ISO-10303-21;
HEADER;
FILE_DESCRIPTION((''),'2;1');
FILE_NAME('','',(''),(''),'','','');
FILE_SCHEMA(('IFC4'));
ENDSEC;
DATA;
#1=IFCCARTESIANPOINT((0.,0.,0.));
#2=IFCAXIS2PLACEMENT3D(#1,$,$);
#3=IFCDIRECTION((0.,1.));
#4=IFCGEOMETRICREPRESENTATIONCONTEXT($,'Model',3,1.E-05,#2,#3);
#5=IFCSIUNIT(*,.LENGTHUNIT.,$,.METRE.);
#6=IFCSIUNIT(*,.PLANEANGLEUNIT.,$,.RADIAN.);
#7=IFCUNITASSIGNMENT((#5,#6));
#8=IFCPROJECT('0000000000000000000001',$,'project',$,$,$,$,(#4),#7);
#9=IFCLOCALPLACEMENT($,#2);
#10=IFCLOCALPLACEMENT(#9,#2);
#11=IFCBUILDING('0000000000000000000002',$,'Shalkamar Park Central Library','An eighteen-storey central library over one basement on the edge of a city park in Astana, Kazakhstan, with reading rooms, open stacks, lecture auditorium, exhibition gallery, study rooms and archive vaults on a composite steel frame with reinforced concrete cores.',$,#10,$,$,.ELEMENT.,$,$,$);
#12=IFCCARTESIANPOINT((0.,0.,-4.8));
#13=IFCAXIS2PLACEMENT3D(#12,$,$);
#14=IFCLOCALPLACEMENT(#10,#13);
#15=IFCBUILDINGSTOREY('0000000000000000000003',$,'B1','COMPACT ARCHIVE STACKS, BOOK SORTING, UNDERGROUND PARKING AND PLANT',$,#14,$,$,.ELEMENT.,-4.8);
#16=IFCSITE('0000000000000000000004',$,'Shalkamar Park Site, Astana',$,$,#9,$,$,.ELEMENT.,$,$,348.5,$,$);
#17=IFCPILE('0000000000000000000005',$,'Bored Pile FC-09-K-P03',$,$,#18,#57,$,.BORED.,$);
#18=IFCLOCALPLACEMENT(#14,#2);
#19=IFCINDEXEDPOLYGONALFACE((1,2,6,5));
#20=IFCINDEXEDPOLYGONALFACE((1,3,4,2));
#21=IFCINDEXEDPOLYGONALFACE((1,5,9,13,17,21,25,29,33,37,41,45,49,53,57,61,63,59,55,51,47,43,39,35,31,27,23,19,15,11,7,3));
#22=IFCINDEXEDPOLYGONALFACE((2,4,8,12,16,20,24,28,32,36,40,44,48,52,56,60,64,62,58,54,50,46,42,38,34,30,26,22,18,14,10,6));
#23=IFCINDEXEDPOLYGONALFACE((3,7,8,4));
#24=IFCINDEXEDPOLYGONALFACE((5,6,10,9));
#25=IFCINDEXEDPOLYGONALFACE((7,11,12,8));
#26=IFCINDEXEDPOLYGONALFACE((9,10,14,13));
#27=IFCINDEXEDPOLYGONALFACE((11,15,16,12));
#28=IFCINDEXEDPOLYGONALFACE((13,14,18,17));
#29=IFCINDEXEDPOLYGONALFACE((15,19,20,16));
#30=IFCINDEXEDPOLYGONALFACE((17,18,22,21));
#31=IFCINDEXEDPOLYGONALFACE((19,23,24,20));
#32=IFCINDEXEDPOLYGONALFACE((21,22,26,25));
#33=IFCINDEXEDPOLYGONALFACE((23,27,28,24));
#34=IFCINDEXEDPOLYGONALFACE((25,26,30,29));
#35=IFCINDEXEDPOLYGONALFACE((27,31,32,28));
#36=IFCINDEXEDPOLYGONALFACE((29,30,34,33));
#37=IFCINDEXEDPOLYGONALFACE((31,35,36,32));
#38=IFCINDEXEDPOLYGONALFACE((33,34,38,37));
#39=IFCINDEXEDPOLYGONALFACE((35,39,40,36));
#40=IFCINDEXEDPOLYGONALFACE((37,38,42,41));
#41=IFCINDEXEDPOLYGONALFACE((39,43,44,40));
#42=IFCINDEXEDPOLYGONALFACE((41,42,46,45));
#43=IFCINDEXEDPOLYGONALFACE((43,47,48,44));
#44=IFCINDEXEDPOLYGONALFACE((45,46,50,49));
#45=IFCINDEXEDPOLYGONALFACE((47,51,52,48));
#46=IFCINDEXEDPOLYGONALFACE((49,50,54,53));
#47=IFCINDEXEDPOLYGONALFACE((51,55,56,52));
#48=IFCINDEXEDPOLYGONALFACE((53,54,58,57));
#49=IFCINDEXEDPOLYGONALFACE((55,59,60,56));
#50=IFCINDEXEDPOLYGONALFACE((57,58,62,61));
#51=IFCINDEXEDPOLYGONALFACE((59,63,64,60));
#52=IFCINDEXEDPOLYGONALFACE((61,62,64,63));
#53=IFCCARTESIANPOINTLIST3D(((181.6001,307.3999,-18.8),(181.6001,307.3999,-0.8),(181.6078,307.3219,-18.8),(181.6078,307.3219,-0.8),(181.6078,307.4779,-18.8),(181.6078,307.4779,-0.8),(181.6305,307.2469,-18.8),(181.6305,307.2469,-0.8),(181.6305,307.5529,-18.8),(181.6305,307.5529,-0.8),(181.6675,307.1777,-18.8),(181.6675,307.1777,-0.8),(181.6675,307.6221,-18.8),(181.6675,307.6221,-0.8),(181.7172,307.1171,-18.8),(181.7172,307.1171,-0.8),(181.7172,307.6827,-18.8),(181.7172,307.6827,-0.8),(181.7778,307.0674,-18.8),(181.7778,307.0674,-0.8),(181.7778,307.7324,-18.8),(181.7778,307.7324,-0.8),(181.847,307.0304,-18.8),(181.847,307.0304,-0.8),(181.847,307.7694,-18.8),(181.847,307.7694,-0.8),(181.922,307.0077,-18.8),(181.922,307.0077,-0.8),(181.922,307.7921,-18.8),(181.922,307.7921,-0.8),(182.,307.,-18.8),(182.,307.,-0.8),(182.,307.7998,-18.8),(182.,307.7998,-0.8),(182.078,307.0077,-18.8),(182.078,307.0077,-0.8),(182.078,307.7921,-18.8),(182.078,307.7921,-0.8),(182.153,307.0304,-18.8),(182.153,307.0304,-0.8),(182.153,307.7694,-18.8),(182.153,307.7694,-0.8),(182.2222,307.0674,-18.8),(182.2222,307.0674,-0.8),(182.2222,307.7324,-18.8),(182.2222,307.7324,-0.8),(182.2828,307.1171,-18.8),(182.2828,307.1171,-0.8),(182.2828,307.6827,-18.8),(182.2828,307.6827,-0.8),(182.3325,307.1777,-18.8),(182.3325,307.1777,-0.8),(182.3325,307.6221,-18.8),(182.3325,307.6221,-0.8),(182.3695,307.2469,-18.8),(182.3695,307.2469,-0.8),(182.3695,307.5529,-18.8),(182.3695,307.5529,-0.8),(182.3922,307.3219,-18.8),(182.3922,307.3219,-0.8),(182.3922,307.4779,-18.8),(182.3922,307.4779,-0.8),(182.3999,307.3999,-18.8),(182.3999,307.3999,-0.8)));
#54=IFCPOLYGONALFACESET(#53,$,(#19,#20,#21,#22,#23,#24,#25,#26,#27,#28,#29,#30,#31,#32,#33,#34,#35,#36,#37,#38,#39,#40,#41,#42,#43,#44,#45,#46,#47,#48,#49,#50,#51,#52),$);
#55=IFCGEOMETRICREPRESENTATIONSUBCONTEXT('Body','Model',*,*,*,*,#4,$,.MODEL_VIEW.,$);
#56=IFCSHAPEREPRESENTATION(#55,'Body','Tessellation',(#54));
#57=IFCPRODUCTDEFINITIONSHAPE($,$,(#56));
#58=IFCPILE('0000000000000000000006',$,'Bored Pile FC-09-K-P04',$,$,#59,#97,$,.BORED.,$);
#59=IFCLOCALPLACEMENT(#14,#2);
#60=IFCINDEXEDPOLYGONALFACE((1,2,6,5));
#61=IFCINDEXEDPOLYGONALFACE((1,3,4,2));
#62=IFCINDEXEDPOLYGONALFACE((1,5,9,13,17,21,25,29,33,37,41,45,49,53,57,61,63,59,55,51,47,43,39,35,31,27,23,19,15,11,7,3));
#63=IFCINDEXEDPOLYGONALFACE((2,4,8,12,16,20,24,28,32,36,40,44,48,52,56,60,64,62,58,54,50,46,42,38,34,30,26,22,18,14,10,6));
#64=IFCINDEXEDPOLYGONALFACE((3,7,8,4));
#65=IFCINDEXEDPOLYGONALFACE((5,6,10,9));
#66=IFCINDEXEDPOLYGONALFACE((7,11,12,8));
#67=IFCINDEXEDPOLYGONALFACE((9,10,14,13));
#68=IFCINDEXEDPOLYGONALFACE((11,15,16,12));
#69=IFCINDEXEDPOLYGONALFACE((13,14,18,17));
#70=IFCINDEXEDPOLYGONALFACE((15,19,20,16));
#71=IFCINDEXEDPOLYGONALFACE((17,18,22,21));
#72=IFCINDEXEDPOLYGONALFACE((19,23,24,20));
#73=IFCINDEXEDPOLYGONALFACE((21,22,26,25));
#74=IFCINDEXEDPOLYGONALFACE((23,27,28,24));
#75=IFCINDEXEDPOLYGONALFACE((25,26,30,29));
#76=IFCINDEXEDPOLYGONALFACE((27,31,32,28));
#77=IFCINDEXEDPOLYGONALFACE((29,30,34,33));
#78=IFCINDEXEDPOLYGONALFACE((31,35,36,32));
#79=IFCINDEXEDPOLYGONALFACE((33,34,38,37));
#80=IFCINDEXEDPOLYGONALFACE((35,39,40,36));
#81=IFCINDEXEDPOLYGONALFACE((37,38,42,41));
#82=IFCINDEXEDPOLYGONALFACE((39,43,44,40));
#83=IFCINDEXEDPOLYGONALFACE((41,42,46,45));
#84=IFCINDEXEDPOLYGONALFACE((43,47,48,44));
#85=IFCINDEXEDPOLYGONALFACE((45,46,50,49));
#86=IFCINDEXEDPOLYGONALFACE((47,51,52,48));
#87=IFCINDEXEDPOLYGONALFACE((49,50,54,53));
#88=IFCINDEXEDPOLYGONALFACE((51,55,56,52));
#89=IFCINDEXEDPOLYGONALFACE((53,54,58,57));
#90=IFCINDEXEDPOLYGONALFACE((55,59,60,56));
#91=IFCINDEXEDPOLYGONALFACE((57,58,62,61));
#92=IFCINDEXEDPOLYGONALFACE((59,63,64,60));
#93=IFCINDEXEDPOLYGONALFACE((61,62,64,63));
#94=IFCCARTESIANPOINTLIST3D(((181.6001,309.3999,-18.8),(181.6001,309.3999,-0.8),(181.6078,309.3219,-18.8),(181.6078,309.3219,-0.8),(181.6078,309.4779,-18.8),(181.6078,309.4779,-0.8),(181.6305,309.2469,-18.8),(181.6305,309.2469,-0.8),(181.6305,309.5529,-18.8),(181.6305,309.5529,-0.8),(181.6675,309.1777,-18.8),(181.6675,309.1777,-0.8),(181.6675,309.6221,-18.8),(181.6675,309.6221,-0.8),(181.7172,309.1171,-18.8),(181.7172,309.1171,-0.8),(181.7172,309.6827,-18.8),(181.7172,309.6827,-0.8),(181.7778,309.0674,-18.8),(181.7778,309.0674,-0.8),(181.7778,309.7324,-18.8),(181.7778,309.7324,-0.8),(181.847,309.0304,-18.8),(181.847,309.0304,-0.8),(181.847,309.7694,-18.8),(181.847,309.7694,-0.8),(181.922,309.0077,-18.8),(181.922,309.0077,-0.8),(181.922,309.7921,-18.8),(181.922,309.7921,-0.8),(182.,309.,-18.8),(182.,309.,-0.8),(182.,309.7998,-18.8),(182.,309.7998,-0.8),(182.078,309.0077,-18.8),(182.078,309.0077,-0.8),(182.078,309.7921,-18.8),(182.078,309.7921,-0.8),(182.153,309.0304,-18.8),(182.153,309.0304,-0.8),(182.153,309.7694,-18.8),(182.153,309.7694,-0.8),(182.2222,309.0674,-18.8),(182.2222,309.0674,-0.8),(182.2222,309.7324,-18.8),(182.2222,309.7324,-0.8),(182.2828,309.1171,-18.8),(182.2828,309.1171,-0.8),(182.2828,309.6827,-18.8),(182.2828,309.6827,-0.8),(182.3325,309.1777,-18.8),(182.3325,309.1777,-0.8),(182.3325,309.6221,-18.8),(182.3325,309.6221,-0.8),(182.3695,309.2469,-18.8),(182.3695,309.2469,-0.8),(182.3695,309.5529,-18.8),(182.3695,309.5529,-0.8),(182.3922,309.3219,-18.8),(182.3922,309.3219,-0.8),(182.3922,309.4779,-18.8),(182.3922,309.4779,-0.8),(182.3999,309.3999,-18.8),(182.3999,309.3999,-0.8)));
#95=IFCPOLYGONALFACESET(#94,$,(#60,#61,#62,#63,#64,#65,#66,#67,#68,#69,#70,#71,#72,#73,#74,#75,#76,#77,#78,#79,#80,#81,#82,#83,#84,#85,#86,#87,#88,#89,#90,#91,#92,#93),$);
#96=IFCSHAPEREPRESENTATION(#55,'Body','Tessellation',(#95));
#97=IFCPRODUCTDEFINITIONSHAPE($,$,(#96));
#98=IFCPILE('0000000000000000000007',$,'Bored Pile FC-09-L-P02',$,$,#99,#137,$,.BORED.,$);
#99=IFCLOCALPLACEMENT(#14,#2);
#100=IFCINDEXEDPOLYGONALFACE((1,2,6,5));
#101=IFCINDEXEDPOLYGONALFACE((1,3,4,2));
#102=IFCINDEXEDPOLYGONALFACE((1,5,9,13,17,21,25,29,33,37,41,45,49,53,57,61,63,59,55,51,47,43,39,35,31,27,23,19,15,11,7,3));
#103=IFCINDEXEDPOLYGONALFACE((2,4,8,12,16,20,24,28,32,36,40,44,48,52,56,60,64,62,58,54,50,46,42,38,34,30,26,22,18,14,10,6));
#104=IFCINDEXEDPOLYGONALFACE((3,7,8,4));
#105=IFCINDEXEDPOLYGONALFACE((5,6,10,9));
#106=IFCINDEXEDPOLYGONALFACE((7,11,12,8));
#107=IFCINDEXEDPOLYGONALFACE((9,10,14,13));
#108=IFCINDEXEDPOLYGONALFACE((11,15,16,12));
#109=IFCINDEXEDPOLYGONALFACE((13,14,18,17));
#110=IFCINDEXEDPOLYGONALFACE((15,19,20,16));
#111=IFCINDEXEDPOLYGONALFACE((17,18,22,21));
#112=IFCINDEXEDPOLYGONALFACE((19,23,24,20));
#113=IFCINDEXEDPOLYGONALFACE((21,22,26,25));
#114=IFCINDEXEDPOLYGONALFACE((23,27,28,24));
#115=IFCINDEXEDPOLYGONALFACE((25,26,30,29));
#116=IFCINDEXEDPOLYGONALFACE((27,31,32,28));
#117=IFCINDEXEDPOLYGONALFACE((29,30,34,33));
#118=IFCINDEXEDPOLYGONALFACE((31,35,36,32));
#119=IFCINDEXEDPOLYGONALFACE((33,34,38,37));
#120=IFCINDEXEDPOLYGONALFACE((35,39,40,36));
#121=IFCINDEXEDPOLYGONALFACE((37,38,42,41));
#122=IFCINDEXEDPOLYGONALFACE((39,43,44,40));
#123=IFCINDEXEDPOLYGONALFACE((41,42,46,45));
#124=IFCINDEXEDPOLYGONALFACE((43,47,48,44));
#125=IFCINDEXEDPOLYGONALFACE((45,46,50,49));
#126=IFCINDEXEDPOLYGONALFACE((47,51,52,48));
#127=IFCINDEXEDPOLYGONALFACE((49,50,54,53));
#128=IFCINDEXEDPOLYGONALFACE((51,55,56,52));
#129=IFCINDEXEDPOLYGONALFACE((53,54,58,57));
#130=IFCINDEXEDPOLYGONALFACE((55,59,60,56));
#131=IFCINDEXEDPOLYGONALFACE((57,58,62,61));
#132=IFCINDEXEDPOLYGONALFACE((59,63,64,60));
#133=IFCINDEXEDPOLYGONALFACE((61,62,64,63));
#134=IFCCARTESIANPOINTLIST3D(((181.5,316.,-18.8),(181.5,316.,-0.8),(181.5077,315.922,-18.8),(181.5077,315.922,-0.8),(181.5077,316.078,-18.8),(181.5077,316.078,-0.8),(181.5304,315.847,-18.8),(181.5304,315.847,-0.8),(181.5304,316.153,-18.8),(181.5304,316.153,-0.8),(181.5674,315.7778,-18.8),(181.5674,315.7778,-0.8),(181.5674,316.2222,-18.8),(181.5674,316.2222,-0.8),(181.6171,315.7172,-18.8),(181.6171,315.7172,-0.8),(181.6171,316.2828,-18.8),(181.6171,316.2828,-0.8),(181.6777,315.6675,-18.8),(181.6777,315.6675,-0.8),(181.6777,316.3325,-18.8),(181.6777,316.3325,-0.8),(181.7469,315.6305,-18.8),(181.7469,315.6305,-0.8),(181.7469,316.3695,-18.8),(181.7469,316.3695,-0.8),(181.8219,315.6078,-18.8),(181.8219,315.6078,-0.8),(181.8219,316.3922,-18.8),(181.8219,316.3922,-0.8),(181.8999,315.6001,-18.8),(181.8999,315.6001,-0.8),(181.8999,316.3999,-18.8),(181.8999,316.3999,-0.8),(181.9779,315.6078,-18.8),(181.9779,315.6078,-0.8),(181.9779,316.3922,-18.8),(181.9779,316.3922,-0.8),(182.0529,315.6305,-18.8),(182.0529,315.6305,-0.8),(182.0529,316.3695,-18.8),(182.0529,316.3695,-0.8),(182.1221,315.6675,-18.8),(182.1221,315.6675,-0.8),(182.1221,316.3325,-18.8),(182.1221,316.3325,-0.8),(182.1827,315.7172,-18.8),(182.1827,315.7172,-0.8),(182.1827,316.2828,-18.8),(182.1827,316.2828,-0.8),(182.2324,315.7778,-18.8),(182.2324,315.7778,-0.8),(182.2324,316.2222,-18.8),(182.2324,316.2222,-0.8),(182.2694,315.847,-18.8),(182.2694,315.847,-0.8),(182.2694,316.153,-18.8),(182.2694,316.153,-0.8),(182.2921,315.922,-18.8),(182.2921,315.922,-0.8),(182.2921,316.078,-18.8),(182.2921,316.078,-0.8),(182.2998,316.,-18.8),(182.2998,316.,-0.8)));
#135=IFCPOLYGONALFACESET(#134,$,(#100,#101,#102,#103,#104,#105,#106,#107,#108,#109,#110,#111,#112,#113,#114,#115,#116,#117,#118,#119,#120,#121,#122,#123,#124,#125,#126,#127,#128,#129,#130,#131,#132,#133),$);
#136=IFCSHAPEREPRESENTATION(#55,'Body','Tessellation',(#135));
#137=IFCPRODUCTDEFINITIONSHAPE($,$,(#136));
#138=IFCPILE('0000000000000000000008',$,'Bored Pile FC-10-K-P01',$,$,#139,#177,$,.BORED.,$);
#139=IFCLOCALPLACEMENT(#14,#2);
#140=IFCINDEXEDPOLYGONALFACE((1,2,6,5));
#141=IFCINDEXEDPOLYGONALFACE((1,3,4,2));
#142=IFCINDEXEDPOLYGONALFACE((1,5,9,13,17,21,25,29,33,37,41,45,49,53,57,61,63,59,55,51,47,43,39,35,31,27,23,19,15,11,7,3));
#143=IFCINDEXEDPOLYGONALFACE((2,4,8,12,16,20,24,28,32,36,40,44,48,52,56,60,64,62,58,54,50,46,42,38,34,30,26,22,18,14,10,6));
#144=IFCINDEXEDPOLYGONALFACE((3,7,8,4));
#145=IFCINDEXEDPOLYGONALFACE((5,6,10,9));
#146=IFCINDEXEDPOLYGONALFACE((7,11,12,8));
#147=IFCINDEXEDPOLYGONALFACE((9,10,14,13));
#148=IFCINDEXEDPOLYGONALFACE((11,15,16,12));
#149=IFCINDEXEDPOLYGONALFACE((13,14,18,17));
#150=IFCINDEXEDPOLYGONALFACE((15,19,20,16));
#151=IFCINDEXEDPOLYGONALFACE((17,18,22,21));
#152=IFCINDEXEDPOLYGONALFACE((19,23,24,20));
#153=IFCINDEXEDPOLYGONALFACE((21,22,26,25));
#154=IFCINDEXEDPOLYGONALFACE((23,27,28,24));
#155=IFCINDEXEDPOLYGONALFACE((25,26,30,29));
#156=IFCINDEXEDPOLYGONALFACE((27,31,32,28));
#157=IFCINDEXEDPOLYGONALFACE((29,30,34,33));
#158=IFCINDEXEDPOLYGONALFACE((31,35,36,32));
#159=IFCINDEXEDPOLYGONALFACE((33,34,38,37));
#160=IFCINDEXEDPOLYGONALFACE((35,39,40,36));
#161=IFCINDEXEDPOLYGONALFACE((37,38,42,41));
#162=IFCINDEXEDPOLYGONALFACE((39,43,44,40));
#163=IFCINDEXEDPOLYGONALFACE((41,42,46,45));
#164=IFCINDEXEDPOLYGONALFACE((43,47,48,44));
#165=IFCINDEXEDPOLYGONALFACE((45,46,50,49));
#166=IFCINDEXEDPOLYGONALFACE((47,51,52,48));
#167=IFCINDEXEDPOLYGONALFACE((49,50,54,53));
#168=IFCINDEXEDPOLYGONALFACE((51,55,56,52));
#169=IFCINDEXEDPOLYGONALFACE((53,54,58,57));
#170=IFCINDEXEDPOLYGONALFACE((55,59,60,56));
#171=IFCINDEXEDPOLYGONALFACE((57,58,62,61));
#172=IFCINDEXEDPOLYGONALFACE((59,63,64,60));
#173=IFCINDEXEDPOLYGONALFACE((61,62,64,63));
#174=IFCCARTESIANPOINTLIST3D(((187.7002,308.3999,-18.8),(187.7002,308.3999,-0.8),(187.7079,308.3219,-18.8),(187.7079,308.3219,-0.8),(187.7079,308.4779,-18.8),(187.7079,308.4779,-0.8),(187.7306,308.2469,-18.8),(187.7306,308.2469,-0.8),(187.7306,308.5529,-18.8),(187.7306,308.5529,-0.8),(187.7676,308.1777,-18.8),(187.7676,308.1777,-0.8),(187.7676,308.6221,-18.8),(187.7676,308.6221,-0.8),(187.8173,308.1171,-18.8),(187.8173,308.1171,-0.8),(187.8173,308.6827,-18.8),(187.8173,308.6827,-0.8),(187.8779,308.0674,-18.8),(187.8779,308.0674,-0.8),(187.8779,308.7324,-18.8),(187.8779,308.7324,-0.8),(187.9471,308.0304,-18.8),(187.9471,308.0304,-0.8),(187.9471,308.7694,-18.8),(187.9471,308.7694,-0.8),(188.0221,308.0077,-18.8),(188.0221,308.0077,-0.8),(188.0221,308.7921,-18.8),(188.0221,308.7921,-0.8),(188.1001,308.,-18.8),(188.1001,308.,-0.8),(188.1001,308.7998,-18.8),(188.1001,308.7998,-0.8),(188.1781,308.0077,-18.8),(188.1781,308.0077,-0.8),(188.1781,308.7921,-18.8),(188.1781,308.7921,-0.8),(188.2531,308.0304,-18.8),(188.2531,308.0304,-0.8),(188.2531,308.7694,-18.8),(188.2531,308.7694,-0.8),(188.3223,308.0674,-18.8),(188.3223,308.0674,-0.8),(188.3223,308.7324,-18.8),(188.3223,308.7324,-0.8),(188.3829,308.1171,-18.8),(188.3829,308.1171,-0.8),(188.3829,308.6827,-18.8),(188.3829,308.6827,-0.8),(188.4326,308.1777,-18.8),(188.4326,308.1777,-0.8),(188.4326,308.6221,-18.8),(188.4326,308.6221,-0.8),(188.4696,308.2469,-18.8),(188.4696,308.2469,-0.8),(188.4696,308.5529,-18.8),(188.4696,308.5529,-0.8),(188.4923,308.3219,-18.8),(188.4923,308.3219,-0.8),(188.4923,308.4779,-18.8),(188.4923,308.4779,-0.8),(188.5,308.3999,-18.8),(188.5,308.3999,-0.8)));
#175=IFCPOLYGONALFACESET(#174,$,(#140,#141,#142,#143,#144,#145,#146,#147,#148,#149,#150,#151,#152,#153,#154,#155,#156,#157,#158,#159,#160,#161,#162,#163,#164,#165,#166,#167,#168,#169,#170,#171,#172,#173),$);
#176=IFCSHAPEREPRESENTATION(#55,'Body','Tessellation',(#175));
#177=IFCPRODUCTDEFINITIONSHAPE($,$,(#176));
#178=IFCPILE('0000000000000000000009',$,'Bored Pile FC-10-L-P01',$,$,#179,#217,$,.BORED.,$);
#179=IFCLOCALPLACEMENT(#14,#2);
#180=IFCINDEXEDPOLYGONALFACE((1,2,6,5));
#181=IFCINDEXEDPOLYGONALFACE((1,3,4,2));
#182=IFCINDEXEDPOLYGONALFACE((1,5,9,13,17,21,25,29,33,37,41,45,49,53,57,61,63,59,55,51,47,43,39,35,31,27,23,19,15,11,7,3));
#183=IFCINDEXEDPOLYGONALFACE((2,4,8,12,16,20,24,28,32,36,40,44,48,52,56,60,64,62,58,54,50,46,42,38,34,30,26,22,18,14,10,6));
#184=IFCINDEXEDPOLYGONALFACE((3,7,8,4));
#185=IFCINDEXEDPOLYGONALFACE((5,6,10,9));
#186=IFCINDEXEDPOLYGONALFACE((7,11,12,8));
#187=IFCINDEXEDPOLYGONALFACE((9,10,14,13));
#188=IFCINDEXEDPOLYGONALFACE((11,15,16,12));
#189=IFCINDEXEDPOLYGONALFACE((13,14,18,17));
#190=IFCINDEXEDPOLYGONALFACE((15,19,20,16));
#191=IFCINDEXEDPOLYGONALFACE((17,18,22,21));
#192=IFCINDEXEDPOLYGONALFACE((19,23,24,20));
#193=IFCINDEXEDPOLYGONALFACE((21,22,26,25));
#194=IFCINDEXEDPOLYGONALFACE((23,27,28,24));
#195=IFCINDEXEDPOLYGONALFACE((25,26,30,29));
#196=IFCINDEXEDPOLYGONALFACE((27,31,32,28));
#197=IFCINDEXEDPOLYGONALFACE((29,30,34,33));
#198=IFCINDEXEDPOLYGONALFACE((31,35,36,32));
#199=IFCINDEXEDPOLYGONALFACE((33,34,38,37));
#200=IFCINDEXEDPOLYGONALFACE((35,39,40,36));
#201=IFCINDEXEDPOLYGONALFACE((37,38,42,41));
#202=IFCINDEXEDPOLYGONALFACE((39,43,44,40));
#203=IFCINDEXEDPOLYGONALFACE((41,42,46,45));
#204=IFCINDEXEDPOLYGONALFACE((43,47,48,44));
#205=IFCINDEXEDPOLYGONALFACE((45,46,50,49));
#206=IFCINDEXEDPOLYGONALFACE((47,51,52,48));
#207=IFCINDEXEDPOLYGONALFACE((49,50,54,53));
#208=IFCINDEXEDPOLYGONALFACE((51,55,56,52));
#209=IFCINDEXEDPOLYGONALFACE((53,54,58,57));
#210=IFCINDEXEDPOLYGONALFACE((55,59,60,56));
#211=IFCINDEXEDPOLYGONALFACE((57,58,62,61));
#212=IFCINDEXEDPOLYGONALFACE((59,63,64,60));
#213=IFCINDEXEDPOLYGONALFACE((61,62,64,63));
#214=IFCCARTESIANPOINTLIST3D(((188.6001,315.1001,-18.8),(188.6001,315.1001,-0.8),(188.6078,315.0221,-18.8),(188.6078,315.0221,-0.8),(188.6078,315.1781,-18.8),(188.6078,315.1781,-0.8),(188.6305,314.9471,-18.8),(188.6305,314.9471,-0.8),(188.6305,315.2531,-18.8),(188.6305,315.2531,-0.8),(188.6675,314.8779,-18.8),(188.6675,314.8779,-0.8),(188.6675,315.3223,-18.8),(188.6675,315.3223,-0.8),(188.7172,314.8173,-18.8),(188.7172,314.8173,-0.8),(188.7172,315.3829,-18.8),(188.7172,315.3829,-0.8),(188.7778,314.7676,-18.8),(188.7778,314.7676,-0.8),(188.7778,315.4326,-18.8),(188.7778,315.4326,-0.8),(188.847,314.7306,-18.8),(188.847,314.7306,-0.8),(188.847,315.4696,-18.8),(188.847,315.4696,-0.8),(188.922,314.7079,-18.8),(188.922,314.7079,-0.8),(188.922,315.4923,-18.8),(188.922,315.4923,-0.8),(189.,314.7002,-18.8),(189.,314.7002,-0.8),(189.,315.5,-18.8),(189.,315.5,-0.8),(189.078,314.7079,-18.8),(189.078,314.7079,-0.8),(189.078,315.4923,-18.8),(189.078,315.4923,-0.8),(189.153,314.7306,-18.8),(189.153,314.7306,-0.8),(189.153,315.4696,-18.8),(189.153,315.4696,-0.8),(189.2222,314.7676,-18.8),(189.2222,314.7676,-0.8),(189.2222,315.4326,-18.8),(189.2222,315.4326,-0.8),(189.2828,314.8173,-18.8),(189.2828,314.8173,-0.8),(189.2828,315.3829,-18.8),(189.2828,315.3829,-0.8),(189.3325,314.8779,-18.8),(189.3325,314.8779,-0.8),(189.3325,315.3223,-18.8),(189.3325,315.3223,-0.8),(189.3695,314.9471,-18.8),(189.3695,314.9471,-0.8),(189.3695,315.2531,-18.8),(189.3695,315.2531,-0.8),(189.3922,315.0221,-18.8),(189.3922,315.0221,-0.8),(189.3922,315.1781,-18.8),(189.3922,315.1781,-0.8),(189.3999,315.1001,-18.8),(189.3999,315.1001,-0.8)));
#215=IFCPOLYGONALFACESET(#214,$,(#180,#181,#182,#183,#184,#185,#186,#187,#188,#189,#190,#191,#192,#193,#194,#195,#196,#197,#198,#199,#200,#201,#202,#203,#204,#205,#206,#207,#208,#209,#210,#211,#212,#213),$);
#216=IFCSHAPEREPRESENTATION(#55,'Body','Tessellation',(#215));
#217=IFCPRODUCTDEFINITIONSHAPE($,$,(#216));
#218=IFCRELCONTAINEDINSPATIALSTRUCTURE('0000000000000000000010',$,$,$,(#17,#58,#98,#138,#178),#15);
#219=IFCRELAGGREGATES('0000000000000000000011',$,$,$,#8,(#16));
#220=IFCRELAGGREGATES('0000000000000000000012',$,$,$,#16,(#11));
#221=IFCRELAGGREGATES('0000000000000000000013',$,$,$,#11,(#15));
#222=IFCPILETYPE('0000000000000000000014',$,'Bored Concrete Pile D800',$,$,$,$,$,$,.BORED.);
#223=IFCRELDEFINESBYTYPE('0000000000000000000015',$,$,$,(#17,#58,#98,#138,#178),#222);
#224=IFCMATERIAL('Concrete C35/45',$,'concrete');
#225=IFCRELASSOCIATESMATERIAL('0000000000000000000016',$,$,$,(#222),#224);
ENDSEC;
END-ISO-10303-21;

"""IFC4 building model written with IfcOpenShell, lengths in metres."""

from ifc_helpers import new_model, si_unit, direction, frame, origin, origin_2d, place, context, subcontext, project, spatial, circle, extrude, material, material_profile, profile_set, type_object, element, save


model = new_model("IFC4")

# Units and contexts
model_context = context("Model", 3, precision=1e-05, world=origin(), true_north=direction((0.0, 1.0)))
body_context = subcontext(model_context, "Body", "Model", "MODEL_VIEW")
ifc_project = project(units=[si_unit("LENGTHUNIT", "METRE"), si_unit("PLANEANGLEUNIT", "RADIAN")], contexts=[model_context])

# Site, building, storey
site_placement = place(None, origin())
site = spatial("IfcSite", under=ifc_project, at=site_placement, Name="Shalkamar Park Site, Astana", CompositionType="ELEMENT", RefElevation=348.5)
building_placement = place(site_placement, origin())
building = spatial("IfcBuilding", under=site, at=building_placement, Name="Shalkamar Park Central Library", Description="An eighteen-storey central library over one basement on the edge of a city park in Astana, Kazakhstan, with reading rooms, open stacks, lecture auditorium, exhibition gallery, study rooms and archive vaults on a composite steel frame with reinforced concrete cores.", CompositionType="ELEMENT")
storey_placement = place(building_placement, frame((0.0, 0.0, -4.8)))
storey = spatial("IfcBuildingStorey", under=building, at=storey_placement, Name="B1", Description="COMPACT ARCHIVE STACKS, BOOK SORTING, UNDERGROUND PARKING AND PLANT", CompositionType="ELEMENT", Elevation=-4.8)

# Piles
ifc_material_1 = material(Name="Concrete C35/45", Category="concrete")
ifc_material_profile_1 = material_profile(ifc_material_1, circle(Radius=0.3999, at=origin_2d()), Name="PILE D800")
ifc_profile_set_1 = profile_set([ifc_material_profile_1], Name="Concrete C35/45")
pile_type = type_object("IfcPileType", Name="Bored Concrete Pile D800", PredefinedType="BORED", material=ifc_profile_set_1)
for number, where, z_axis, x_axis, name in (
    (1, (182.0, 307.3999, -0.8), (0.0, 0.0, -1.0), (1.0, 0.0, 0.0), "Bored Pile FC-09-K-P03"),
    (2, (182.0, 309.3999, -0.8), (0.0, 0.0, -1.0), (1.0, 0.0, 0.0), "Bored Pile FC-09-K-P04"),
    (3, (181.8999, 316.0, -0.8), (0.0, 0.0, -1.0), (1.0, 0.0, 0.0), "Bored Pile FC-09-L-P02"),
    (4, (188.1001, 308.3999, -0.8), (0.0, 0.0, -1.0), (1.0, 0.0, 0.0), "Bored Pile FC-10-K-P01"),
    (5, (189.0, 315.1001, -0.8), (0.0, 0.0, -1.0), (1.0, 0.0, 0.0), "Bored Pile FC-10-L-P01"),
):
    element("IfcPile", number, at=place(storey_placement, frame(where, z_axis=z_axis, x_axis=x_axis)), inside=storey, type_object=pile_type, Name=name, PredefinedType="BORED", context=body_context, shape_type="SweptSolid", body=[
        extrude(circle(Radius=0.3999, at=origin_2d()), origin(), (0.0, 0.0, 1.0), 18.0),
    ])

save(model, "model.ifc")
